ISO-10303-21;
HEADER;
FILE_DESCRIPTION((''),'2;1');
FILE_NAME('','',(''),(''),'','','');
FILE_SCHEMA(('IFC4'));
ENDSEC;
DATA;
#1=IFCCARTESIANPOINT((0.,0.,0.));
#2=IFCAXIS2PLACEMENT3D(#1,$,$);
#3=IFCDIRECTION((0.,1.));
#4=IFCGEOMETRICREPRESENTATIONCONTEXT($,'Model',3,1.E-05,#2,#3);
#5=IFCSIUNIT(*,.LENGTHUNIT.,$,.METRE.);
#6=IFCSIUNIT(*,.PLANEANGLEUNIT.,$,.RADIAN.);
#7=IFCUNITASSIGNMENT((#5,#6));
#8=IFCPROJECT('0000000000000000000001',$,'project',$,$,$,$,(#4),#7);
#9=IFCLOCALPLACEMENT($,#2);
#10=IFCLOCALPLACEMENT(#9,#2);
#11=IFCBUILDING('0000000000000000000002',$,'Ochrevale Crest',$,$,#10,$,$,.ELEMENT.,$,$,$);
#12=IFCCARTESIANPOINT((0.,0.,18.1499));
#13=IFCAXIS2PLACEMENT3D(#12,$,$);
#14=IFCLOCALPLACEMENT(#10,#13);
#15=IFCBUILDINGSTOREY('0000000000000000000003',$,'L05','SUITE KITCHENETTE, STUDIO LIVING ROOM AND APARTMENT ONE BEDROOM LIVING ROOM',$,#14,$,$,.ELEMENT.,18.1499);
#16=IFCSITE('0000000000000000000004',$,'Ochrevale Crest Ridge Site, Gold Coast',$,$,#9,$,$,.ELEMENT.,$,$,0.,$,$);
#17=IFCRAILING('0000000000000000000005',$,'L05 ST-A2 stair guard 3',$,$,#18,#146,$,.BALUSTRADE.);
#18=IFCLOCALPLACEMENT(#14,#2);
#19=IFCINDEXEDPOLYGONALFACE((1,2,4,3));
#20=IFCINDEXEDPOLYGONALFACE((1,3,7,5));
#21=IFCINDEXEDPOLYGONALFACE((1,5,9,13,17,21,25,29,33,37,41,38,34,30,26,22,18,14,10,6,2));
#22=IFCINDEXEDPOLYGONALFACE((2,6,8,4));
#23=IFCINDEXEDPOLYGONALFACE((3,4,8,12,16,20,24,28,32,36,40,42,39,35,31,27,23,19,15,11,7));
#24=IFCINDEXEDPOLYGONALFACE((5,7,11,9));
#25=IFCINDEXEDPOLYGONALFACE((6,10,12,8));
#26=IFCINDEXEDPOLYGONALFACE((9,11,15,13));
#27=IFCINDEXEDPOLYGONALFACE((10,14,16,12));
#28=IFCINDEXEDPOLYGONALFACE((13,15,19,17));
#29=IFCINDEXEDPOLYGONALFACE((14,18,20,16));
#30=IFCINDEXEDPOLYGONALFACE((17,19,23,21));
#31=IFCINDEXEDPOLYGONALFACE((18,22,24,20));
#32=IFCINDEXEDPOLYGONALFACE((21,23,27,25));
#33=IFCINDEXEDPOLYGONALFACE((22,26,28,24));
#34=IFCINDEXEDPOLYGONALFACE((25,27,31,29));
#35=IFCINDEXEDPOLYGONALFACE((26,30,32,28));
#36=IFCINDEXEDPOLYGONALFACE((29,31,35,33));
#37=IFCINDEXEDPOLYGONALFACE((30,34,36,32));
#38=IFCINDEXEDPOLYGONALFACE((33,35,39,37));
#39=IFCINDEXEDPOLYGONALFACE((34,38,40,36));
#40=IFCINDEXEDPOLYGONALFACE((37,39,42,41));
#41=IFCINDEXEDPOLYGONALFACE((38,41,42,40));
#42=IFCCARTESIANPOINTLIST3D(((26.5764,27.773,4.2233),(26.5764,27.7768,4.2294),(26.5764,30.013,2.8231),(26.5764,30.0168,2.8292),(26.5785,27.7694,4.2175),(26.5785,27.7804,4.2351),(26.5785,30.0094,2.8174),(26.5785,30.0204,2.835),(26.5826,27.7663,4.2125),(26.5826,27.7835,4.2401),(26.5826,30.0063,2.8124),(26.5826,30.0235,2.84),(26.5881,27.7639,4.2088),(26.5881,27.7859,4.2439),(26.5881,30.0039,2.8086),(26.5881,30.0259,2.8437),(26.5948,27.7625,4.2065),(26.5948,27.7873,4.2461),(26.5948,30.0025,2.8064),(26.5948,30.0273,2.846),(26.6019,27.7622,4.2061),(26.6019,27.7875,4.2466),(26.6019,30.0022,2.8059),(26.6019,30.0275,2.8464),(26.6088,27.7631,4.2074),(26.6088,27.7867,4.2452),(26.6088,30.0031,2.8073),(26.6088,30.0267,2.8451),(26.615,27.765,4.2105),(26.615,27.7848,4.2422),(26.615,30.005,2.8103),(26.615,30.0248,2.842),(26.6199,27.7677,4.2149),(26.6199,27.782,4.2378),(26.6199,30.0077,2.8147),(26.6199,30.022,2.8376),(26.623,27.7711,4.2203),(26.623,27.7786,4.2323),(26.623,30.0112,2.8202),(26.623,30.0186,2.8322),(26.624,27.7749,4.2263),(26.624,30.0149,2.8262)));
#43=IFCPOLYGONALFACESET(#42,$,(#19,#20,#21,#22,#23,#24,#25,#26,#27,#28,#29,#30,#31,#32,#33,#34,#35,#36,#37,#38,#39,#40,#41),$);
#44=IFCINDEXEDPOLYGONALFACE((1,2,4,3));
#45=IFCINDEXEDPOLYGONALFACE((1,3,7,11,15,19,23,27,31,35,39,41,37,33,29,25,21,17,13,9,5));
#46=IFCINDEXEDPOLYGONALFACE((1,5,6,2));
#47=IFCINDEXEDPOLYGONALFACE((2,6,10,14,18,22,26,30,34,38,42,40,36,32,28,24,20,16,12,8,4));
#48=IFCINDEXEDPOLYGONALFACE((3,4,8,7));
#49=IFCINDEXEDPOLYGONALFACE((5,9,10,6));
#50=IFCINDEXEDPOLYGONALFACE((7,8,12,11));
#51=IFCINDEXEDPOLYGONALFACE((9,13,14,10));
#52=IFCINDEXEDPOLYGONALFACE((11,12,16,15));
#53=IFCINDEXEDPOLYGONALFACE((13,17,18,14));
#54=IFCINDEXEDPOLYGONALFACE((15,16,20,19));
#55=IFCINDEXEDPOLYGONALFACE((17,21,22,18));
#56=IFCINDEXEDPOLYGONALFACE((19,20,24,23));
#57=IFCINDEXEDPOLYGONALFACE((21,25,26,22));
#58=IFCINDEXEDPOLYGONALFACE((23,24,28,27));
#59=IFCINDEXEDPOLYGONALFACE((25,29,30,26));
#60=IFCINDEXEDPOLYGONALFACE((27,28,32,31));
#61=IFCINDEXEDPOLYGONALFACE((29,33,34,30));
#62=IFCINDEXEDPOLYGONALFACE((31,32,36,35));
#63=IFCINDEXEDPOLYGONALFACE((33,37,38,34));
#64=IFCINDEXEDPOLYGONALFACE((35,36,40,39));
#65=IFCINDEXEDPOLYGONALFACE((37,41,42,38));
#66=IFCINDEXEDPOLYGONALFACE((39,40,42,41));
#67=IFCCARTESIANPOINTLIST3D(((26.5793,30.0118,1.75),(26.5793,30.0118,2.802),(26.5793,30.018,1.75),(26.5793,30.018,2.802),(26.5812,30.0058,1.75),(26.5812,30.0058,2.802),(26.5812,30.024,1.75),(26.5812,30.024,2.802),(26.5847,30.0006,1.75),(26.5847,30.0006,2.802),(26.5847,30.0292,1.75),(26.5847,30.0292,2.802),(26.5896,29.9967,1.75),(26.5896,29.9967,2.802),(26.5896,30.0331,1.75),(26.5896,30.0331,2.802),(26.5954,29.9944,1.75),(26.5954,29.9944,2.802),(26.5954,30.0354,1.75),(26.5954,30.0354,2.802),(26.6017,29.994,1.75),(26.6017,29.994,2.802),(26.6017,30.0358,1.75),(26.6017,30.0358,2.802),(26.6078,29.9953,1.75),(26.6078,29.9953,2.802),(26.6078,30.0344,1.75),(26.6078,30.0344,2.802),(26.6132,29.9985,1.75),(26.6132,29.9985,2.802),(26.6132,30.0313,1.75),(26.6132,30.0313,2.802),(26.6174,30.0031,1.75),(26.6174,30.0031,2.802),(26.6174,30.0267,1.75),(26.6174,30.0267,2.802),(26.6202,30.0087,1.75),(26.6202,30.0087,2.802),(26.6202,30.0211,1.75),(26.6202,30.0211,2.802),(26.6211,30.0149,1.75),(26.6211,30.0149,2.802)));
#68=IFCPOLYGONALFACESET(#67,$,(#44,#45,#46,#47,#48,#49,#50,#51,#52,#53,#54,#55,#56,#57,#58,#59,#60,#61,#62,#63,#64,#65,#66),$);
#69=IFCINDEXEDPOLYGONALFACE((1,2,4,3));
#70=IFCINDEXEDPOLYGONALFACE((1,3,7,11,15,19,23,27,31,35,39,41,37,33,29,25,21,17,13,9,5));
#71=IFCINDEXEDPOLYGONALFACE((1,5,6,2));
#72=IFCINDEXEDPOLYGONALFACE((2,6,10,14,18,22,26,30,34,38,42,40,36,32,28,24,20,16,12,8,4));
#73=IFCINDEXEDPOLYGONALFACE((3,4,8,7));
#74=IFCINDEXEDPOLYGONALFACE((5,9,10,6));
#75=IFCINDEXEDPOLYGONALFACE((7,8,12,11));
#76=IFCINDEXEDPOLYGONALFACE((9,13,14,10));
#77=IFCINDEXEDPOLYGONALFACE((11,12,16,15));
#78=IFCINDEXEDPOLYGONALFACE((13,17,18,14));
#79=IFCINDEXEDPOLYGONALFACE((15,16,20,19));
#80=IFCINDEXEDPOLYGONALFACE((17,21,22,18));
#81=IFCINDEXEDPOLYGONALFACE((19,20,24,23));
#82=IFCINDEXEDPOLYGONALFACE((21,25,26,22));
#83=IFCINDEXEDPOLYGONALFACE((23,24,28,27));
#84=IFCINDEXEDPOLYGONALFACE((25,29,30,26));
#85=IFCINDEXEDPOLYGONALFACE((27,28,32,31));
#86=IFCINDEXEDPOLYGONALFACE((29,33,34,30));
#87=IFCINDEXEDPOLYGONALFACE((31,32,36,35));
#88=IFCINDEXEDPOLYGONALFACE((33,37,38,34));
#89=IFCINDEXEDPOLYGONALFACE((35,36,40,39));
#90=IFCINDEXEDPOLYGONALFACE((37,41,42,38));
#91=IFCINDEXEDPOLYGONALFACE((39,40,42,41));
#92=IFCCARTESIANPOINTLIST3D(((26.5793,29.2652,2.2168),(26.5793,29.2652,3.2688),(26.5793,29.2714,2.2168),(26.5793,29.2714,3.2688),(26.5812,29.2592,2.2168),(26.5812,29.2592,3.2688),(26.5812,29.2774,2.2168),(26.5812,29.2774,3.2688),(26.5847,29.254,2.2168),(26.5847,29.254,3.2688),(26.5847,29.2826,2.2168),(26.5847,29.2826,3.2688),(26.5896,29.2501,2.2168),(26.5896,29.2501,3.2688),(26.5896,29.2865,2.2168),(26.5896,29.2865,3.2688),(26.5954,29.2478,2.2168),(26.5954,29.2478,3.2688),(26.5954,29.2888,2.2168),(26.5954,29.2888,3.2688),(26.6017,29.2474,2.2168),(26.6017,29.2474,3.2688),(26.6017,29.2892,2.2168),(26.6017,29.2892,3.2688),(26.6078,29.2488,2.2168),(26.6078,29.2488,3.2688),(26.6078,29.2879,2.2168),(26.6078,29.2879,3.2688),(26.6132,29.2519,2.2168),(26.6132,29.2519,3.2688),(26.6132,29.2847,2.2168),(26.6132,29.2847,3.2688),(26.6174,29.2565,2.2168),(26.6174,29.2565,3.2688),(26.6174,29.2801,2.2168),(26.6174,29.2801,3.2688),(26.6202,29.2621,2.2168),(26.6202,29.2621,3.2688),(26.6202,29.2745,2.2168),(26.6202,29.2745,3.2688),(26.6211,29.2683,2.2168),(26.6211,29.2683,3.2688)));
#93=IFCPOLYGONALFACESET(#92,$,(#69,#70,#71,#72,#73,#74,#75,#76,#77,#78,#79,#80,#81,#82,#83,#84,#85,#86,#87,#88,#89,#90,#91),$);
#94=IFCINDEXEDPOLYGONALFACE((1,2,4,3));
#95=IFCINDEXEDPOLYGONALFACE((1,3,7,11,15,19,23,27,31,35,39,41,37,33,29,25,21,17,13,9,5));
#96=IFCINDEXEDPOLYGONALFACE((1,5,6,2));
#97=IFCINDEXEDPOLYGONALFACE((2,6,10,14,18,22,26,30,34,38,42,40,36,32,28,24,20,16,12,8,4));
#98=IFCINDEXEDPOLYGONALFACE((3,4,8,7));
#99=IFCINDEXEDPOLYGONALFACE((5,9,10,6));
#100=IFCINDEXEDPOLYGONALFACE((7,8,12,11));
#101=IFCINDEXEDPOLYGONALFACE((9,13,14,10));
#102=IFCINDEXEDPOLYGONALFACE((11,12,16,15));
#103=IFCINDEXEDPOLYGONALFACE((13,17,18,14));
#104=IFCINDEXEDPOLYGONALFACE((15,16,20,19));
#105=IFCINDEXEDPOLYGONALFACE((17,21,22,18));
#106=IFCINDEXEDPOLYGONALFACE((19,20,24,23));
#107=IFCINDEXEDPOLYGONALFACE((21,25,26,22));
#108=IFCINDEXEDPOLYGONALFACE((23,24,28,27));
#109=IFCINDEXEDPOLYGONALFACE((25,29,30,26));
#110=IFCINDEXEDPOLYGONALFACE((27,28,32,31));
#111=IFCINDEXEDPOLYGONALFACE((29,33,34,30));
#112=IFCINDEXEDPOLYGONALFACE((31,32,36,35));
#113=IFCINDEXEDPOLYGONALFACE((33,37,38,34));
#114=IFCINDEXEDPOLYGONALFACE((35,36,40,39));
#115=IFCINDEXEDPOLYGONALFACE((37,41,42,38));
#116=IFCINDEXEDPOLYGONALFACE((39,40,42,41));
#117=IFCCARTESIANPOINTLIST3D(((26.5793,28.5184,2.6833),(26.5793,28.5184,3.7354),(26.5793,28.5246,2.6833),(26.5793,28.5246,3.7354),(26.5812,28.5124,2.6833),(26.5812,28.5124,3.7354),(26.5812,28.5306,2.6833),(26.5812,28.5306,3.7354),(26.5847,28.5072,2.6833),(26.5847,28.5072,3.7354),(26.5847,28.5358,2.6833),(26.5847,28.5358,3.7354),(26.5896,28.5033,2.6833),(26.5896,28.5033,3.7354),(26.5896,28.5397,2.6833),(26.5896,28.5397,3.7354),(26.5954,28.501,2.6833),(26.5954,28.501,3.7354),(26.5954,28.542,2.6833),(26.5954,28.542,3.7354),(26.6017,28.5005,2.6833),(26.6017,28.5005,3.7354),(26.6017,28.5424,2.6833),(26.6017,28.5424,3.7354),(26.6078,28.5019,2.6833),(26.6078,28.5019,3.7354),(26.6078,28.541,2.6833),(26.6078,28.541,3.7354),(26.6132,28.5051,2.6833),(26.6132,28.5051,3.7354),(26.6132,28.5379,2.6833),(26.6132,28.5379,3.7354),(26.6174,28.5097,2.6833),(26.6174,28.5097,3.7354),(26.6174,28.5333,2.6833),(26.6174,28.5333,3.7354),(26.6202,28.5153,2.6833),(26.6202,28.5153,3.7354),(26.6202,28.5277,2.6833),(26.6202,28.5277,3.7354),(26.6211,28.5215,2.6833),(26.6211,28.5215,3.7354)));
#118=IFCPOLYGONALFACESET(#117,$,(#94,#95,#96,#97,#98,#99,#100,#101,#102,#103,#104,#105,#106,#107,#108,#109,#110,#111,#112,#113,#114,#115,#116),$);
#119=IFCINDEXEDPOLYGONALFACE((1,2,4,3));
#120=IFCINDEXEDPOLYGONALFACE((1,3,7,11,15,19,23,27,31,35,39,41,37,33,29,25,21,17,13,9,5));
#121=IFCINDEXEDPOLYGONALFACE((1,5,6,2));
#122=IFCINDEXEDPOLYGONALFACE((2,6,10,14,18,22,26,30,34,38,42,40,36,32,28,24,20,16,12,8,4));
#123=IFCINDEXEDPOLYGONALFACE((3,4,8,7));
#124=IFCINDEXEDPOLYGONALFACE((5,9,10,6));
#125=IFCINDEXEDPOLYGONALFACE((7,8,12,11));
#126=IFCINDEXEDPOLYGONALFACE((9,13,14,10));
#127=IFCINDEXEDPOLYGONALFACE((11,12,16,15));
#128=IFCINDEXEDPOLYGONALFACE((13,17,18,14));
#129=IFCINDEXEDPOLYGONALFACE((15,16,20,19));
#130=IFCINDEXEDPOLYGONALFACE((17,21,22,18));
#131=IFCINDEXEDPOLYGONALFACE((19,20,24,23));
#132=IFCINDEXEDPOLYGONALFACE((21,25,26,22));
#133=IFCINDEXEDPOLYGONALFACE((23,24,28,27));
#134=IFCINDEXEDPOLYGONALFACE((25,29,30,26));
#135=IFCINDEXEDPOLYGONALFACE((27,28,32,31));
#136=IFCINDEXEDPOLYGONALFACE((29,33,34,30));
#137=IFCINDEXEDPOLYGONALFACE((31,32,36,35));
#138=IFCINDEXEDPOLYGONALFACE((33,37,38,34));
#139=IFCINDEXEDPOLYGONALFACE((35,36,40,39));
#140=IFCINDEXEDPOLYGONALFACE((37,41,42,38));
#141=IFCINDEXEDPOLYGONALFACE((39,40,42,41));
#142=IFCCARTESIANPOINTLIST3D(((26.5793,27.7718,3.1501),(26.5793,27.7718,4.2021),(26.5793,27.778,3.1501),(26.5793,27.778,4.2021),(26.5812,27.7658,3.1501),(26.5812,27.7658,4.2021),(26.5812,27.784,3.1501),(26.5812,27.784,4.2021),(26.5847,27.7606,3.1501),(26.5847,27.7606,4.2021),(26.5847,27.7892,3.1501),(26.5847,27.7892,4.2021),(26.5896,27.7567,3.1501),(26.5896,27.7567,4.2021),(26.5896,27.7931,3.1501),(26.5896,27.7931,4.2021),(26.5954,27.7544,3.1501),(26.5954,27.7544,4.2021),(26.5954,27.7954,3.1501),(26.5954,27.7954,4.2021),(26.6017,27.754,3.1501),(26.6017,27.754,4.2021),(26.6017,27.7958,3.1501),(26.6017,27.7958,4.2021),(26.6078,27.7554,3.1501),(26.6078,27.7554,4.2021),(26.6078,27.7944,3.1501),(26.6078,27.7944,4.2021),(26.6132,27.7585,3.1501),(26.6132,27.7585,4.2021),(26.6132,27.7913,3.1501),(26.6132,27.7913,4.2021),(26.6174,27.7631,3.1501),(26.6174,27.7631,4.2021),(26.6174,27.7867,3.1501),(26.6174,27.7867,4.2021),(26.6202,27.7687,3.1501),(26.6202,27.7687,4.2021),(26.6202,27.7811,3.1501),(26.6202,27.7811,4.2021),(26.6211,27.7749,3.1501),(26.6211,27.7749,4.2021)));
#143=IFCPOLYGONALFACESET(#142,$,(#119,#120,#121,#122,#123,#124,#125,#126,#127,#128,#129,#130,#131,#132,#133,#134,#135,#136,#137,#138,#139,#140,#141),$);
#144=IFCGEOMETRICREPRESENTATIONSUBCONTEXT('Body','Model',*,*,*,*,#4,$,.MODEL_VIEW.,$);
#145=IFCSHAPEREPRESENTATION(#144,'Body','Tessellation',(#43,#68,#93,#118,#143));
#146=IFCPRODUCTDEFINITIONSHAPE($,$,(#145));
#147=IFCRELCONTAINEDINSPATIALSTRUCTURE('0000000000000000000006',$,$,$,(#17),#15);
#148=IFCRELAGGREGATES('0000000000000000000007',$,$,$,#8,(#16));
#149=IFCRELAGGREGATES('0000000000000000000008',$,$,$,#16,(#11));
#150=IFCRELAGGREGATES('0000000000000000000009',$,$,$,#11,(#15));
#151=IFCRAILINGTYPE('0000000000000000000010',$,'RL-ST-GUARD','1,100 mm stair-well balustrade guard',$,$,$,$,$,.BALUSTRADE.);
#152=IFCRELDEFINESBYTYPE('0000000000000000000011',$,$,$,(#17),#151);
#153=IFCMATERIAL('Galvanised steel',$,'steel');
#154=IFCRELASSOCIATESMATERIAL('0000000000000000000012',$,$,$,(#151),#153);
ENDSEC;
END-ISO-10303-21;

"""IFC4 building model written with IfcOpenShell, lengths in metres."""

from ifc_helpers import new_model, si_unit, direction, frame, origin, origin_2d, place, context, subcontext, project, spatial, circle, extrude, material, type_object, element, save


model = new_model("IFC4")

# Units and contexts
model_context = context("Model", 3, precision=1e-05, world=origin(), true_north=direction((0.0, 1.0)))
body_context = subcontext(model_context, "Body", "Model", "MODEL_VIEW")
ifc_project = project(units=[si_unit("LENGTHUNIT", "METRE"), si_unit("PLANEANGLEUNIT", "RADIAN")], contexts=[model_context])

# Site, building, storey
site_placement = place(None, origin())
site = spatial("IfcSite", under=ifc_project, at=site_placement, Name="Ochrevale Crest Ridge Site, Gold Coast", CompositionType="ELEMENT", RefElevation=0.0)
building_placement = place(site_placement, origin())
building = spatial("IfcBuilding", under=site, at=building_placement, Name="Ochrevale Crest", CompositionType="ELEMENT")
storey_placement = place(building_placement, frame((0.0, 0.0, 18.1499)))
storey = spatial("IfcBuildingStorey", under=building, at=storey_placement, Name="L05", Description="SUITE KITCHENETTE, STUDIO LIVING ROOM AND APARTMENT ONE BEDROOM LIVING ROOM", CompositionType="ELEMENT", Elevation=18.1499)

# Railing
ifc_material_1 = material(Name="Galvanised steel", Category="steel")
railing_type_1 = type_object("IfcRailingType", Name="RL-ST-GUARD", Description="1,100 mm stair-well balustrade guard", PredefinedType="BALUSTRADE", material=ifc_material_1)
railing_1_placement = place(storey_placement, frame((26.6001, 30.0149, 1.75)))
element("IfcRailing", 1, at=railing_1_placement, inside=storey, type_object=railing_type_1, Name="L05 ST-A2 stair guard 3", PredefinedType="BALUSTRADE", context=body_context, shape_type="SweptSolid", body=[
    extrude(circle(Radius=0.0239, at=origin_2d()), frame((0.0, 0.0, 1.0762), z_axis=(0.0, -0.847972, 0.53004), x_axis=(1.0, 0.0, 0.0)), (0.0, 0.0, 1.0), 2.6416),
    extrude(circle(Radius=0.021, at=origin_2d()), origin(), (0.0, 0.0, 1.0), 1.052),
    extrude(circle(Radius=0.021, at=origin_2d()), frame((0.0, -0.7466, 0.4668)), (0.0, 0.0, 1.0), 1.052),
    extrude(circle(Radius=0.021, at=origin_2d()), frame((0.0, -1.4934, 0.9333)), (0.0, 0.0, 1.0), 1.052),
    extrude(circle(Radius=0.021, at=origin_2d()), frame((0.0, -2.24, 1.4001)), (0.0, 0.0, 1.0), 1.052),
])

save(model, "model.ifc")
